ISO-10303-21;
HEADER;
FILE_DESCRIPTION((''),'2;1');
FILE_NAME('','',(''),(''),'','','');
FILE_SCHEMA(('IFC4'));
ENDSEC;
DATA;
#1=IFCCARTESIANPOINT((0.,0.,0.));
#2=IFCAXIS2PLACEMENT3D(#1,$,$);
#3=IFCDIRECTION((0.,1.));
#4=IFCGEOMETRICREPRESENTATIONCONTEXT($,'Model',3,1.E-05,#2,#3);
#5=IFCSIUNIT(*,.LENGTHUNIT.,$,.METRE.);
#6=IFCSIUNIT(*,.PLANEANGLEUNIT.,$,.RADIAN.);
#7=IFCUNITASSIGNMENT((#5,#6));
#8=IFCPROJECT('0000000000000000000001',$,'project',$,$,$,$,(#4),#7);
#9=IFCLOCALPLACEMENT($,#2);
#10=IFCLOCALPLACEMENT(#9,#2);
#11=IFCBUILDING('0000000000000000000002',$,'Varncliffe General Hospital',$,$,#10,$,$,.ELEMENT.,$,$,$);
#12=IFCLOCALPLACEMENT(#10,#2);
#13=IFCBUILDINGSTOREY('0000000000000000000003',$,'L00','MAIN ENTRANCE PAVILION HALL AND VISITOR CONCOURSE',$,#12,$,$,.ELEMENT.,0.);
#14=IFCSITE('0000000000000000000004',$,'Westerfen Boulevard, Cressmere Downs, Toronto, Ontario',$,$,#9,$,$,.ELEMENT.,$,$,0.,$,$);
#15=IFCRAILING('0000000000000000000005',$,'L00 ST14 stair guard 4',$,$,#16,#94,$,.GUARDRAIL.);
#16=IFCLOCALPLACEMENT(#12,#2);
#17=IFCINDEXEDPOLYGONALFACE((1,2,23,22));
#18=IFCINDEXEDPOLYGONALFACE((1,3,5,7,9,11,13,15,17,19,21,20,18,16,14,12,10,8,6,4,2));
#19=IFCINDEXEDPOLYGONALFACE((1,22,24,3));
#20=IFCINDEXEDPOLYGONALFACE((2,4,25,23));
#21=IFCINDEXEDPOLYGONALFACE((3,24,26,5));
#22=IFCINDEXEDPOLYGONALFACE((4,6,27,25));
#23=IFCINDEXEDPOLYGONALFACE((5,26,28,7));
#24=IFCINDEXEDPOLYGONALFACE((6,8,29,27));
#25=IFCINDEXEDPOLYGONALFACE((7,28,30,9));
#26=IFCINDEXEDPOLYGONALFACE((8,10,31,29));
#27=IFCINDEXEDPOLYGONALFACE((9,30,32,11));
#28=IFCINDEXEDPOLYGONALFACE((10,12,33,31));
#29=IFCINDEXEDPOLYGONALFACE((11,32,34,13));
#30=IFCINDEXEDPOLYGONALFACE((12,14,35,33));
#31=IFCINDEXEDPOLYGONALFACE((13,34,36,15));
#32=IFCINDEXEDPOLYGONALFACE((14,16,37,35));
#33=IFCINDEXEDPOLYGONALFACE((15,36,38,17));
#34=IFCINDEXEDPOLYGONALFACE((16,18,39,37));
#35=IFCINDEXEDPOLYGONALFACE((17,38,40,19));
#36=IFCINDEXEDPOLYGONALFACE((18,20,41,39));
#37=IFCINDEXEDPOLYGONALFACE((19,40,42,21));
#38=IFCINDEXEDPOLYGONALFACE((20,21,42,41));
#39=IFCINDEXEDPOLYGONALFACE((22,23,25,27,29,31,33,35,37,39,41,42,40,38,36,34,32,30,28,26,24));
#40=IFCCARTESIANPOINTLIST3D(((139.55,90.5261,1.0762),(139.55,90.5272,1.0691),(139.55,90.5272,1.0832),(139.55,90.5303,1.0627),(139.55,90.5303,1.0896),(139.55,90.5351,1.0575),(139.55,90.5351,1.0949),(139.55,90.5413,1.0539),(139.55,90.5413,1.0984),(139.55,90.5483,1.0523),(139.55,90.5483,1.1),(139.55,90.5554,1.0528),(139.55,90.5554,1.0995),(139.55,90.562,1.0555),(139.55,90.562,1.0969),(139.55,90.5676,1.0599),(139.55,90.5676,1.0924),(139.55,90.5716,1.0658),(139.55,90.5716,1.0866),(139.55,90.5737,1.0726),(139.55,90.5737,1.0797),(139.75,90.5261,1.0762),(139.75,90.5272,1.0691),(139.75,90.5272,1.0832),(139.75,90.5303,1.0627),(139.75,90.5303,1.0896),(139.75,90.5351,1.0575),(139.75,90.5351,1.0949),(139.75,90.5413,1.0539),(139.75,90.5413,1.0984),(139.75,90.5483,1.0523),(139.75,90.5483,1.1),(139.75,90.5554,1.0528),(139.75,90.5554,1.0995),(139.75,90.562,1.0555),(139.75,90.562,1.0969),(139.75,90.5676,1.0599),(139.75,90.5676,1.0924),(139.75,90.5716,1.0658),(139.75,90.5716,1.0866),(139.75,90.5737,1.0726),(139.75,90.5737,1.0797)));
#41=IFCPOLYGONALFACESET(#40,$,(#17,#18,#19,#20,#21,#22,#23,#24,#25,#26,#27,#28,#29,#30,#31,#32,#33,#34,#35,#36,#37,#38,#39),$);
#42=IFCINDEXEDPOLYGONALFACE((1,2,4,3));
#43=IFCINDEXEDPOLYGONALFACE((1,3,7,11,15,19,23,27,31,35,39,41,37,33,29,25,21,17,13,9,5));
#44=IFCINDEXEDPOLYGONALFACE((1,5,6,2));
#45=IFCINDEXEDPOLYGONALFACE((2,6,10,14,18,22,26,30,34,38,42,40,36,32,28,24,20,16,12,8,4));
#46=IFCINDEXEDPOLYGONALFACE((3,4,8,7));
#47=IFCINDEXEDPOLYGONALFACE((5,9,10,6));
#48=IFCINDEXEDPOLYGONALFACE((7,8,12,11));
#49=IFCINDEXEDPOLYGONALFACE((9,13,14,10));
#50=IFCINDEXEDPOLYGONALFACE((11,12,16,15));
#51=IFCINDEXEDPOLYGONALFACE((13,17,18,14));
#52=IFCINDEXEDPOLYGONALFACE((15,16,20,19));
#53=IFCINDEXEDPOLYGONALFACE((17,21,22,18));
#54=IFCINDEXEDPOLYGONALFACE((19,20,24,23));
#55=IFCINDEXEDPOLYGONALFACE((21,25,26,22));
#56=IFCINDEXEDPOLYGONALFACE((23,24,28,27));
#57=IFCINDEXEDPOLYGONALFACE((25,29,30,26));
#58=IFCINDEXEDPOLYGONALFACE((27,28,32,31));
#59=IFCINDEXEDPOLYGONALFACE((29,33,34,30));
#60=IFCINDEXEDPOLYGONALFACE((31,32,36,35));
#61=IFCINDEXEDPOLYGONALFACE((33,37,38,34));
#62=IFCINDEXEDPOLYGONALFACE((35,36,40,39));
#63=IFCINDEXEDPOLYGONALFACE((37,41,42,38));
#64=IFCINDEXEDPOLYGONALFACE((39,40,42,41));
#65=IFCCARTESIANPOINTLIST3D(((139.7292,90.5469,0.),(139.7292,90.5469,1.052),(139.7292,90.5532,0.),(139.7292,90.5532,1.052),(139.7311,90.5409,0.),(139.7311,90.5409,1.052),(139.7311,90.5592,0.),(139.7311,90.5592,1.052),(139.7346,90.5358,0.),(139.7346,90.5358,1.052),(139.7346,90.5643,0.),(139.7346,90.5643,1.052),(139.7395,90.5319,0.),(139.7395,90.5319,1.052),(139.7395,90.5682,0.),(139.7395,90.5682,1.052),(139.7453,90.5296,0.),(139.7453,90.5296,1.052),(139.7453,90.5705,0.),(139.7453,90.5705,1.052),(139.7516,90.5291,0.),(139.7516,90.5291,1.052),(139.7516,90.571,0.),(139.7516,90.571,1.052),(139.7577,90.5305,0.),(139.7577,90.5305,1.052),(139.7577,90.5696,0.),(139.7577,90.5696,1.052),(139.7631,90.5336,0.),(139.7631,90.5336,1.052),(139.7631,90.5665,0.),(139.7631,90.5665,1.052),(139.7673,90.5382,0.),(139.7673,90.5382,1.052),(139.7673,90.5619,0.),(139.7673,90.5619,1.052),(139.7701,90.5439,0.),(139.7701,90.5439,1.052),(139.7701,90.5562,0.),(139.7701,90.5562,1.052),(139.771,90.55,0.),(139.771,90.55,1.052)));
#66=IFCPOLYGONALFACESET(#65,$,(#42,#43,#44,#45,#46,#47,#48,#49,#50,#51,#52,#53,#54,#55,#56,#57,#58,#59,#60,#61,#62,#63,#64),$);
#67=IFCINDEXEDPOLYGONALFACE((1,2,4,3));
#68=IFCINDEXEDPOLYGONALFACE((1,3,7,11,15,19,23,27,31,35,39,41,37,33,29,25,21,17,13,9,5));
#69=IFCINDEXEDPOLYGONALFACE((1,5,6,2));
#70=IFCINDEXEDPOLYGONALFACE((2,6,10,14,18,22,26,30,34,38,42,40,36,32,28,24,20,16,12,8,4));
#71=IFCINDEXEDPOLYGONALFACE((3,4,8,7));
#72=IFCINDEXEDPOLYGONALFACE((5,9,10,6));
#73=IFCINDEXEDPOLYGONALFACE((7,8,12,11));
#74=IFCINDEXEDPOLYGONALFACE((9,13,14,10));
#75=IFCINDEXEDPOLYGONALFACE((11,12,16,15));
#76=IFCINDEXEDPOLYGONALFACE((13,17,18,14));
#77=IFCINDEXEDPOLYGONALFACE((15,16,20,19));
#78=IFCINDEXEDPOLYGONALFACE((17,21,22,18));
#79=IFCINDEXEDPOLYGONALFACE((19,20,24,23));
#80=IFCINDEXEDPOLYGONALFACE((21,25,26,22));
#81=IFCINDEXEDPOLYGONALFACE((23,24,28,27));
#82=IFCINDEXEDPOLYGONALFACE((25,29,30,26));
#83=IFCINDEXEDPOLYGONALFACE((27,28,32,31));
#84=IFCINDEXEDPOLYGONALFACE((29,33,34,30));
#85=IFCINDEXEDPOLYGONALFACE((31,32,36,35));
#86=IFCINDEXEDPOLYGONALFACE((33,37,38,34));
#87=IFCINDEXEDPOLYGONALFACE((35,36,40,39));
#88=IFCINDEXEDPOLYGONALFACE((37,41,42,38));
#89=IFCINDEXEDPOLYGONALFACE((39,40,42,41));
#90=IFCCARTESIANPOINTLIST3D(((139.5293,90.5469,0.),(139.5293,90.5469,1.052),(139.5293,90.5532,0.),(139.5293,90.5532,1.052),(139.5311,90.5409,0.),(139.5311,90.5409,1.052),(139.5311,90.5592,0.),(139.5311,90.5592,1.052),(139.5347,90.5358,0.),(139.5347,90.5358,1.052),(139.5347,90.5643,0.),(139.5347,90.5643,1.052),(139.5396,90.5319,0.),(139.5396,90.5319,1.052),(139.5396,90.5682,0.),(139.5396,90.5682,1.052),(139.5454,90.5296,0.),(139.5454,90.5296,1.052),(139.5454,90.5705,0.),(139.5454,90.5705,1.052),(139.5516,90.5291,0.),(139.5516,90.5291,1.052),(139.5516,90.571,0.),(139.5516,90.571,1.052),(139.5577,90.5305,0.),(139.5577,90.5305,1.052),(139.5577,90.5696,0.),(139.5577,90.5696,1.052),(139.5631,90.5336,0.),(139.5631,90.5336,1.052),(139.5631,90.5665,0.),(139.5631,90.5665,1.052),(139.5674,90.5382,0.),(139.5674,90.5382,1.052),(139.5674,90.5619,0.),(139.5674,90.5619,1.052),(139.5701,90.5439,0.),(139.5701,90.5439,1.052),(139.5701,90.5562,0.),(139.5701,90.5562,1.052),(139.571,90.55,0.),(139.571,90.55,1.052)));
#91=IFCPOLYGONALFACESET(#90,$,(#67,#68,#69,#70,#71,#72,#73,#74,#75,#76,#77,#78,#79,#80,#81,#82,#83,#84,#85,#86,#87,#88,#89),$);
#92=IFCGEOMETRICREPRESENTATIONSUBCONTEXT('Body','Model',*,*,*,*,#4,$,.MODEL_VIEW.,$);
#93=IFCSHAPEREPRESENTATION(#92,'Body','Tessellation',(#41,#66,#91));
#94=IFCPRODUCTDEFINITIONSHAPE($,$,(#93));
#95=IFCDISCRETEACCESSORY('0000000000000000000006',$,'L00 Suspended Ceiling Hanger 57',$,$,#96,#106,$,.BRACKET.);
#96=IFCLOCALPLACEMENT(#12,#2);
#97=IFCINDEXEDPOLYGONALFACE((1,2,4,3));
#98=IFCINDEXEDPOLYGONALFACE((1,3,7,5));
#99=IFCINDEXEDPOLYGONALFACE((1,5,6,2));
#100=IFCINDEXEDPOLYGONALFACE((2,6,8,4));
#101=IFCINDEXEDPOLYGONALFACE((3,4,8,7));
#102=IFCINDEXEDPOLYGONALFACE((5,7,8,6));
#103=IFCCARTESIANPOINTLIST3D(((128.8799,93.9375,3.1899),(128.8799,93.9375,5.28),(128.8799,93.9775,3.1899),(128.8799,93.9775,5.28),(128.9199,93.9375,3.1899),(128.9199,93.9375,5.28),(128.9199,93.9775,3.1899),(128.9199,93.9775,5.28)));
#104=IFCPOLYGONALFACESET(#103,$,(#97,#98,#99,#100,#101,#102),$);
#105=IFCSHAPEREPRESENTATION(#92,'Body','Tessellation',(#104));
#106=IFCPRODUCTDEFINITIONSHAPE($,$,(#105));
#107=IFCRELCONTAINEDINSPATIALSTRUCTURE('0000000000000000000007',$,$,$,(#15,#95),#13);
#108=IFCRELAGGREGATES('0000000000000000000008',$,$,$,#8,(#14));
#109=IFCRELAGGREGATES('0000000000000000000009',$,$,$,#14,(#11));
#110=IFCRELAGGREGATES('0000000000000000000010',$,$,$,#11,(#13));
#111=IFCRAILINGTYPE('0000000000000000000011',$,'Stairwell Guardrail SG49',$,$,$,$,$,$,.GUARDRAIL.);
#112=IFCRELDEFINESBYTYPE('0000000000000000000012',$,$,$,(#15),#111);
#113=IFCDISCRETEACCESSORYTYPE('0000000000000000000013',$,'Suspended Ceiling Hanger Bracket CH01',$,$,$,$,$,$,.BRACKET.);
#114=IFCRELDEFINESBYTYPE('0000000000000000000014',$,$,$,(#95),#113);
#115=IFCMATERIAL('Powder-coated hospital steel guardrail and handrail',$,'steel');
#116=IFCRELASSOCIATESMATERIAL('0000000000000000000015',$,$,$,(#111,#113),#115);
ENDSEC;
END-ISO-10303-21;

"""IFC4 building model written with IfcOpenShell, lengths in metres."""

from ifc_helpers import new_model, si_unit, direction, frame, origin, origin_2d, place, context, subcontext, project, spatial, rectangle, circle, extrude, material, type_object, element, save


model = new_model("IFC4")

# Units and contexts
model_context = context("Model", 3, precision=1e-05, world=origin(), true_north=direction((0.0, 1.0)))
body_context = subcontext(model_context, "Body", "Model", "MODEL_VIEW")
ifc_project = project(units=[si_unit("LENGTHUNIT", "METRE"), si_unit("PLANEANGLEUNIT", "RADIAN")], contexts=[model_context])

# Site, building, storey
site_placement = place(None, origin())
site = spatial("IfcSite", under=ifc_project, at=site_placement, Name="Westerfen Boulevard, Cressmere Downs, Toronto, Ontario", CompositionType="ELEMENT", RefElevation=0.0)
building_placement = place(site_placement, origin())
building = spatial("IfcBuilding", under=site, at=building_placement, Name="Varncliffe General Hospital", CompositionType="ELEMENT")
storey_placement = place(building_placement, origin())
storey = spatial("IfcBuildingStorey", under=building, at=storey_placement, Name="L00", Description="MAIN ENTRANCE PAVILION HALL AND VISITOR CONCOURSE", CompositionType="ELEMENT", Elevation=0.0)

# Railing
ifc_material_1 = material(Name="Powder-coated hospital steel guardrail and handrail", Category="steel")
railing_type_1 = type_object("IfcRailingType", Name="Stairwell Guardrail SG49", PredefinedType="GUARDRAIL", material=ifc_material_1)
railing_1_placement = place(storey_placement, frame((139.75, 90.55, 0.0)))
element("IfcRailing", 1, at=railing_1_placement, inside=storey, type_object=railing_type_1, Name="L00 ST14 stair guard 4", PredefinedType="GUARDRAIL", context=body_context, shape_type="SweptSolid", body=[
    extrude(circle(Radius=0.0239, at=origin_2d()), frame((0.0, 0.0, 1.0762), z_axis=(-1.0, 0.0, 0.0), x_axis=(0.0, -1.0, 0.0)), (0.0, 0.0, 1.0), 0.2),
    extrude(circle(Radius=0.021, at=origin_2d()), origin(), (0.0, 0.0, 1.0), 1.052),
    extrude(circle(Radius=0.021, at=origin_2d()), frame((-0.2, 0.0, 0.0)), (0.0, 0.0, 1.0), 1.052),
])

# Discrete accessory
discrete_accessory_type = type_object("IfcDiscreteAccessoryType", Name="Suspended Ceiling Hanger Bracket CH01", PredefinedType="BRACKET", material=ifc_material_1)
discrete_accessory_placement = place(storey_placement, frame((128.8999, 93.9575, 3.1899), z_axis=(0.0, 0.0, 1.0), x_axis=(1.0, 0.0, 0.0)))
element("IfcDiscreteAccessory", 2, at=discrete_accessory_placement, inside=storey, type_object=discrete_accessory_type, Name="L00 Suspended Ceiling Hanger 57", PredefinedType="BRACKET", context=body_context, shape_type="SweptSolid", body=[
    extrude(rectangle(XDim=0.04, YDim=0.04, at=origin_2d()), origin(), (0.0, 0.0, 1.0), 2.0901),
])

save(model, "model.ifc")
